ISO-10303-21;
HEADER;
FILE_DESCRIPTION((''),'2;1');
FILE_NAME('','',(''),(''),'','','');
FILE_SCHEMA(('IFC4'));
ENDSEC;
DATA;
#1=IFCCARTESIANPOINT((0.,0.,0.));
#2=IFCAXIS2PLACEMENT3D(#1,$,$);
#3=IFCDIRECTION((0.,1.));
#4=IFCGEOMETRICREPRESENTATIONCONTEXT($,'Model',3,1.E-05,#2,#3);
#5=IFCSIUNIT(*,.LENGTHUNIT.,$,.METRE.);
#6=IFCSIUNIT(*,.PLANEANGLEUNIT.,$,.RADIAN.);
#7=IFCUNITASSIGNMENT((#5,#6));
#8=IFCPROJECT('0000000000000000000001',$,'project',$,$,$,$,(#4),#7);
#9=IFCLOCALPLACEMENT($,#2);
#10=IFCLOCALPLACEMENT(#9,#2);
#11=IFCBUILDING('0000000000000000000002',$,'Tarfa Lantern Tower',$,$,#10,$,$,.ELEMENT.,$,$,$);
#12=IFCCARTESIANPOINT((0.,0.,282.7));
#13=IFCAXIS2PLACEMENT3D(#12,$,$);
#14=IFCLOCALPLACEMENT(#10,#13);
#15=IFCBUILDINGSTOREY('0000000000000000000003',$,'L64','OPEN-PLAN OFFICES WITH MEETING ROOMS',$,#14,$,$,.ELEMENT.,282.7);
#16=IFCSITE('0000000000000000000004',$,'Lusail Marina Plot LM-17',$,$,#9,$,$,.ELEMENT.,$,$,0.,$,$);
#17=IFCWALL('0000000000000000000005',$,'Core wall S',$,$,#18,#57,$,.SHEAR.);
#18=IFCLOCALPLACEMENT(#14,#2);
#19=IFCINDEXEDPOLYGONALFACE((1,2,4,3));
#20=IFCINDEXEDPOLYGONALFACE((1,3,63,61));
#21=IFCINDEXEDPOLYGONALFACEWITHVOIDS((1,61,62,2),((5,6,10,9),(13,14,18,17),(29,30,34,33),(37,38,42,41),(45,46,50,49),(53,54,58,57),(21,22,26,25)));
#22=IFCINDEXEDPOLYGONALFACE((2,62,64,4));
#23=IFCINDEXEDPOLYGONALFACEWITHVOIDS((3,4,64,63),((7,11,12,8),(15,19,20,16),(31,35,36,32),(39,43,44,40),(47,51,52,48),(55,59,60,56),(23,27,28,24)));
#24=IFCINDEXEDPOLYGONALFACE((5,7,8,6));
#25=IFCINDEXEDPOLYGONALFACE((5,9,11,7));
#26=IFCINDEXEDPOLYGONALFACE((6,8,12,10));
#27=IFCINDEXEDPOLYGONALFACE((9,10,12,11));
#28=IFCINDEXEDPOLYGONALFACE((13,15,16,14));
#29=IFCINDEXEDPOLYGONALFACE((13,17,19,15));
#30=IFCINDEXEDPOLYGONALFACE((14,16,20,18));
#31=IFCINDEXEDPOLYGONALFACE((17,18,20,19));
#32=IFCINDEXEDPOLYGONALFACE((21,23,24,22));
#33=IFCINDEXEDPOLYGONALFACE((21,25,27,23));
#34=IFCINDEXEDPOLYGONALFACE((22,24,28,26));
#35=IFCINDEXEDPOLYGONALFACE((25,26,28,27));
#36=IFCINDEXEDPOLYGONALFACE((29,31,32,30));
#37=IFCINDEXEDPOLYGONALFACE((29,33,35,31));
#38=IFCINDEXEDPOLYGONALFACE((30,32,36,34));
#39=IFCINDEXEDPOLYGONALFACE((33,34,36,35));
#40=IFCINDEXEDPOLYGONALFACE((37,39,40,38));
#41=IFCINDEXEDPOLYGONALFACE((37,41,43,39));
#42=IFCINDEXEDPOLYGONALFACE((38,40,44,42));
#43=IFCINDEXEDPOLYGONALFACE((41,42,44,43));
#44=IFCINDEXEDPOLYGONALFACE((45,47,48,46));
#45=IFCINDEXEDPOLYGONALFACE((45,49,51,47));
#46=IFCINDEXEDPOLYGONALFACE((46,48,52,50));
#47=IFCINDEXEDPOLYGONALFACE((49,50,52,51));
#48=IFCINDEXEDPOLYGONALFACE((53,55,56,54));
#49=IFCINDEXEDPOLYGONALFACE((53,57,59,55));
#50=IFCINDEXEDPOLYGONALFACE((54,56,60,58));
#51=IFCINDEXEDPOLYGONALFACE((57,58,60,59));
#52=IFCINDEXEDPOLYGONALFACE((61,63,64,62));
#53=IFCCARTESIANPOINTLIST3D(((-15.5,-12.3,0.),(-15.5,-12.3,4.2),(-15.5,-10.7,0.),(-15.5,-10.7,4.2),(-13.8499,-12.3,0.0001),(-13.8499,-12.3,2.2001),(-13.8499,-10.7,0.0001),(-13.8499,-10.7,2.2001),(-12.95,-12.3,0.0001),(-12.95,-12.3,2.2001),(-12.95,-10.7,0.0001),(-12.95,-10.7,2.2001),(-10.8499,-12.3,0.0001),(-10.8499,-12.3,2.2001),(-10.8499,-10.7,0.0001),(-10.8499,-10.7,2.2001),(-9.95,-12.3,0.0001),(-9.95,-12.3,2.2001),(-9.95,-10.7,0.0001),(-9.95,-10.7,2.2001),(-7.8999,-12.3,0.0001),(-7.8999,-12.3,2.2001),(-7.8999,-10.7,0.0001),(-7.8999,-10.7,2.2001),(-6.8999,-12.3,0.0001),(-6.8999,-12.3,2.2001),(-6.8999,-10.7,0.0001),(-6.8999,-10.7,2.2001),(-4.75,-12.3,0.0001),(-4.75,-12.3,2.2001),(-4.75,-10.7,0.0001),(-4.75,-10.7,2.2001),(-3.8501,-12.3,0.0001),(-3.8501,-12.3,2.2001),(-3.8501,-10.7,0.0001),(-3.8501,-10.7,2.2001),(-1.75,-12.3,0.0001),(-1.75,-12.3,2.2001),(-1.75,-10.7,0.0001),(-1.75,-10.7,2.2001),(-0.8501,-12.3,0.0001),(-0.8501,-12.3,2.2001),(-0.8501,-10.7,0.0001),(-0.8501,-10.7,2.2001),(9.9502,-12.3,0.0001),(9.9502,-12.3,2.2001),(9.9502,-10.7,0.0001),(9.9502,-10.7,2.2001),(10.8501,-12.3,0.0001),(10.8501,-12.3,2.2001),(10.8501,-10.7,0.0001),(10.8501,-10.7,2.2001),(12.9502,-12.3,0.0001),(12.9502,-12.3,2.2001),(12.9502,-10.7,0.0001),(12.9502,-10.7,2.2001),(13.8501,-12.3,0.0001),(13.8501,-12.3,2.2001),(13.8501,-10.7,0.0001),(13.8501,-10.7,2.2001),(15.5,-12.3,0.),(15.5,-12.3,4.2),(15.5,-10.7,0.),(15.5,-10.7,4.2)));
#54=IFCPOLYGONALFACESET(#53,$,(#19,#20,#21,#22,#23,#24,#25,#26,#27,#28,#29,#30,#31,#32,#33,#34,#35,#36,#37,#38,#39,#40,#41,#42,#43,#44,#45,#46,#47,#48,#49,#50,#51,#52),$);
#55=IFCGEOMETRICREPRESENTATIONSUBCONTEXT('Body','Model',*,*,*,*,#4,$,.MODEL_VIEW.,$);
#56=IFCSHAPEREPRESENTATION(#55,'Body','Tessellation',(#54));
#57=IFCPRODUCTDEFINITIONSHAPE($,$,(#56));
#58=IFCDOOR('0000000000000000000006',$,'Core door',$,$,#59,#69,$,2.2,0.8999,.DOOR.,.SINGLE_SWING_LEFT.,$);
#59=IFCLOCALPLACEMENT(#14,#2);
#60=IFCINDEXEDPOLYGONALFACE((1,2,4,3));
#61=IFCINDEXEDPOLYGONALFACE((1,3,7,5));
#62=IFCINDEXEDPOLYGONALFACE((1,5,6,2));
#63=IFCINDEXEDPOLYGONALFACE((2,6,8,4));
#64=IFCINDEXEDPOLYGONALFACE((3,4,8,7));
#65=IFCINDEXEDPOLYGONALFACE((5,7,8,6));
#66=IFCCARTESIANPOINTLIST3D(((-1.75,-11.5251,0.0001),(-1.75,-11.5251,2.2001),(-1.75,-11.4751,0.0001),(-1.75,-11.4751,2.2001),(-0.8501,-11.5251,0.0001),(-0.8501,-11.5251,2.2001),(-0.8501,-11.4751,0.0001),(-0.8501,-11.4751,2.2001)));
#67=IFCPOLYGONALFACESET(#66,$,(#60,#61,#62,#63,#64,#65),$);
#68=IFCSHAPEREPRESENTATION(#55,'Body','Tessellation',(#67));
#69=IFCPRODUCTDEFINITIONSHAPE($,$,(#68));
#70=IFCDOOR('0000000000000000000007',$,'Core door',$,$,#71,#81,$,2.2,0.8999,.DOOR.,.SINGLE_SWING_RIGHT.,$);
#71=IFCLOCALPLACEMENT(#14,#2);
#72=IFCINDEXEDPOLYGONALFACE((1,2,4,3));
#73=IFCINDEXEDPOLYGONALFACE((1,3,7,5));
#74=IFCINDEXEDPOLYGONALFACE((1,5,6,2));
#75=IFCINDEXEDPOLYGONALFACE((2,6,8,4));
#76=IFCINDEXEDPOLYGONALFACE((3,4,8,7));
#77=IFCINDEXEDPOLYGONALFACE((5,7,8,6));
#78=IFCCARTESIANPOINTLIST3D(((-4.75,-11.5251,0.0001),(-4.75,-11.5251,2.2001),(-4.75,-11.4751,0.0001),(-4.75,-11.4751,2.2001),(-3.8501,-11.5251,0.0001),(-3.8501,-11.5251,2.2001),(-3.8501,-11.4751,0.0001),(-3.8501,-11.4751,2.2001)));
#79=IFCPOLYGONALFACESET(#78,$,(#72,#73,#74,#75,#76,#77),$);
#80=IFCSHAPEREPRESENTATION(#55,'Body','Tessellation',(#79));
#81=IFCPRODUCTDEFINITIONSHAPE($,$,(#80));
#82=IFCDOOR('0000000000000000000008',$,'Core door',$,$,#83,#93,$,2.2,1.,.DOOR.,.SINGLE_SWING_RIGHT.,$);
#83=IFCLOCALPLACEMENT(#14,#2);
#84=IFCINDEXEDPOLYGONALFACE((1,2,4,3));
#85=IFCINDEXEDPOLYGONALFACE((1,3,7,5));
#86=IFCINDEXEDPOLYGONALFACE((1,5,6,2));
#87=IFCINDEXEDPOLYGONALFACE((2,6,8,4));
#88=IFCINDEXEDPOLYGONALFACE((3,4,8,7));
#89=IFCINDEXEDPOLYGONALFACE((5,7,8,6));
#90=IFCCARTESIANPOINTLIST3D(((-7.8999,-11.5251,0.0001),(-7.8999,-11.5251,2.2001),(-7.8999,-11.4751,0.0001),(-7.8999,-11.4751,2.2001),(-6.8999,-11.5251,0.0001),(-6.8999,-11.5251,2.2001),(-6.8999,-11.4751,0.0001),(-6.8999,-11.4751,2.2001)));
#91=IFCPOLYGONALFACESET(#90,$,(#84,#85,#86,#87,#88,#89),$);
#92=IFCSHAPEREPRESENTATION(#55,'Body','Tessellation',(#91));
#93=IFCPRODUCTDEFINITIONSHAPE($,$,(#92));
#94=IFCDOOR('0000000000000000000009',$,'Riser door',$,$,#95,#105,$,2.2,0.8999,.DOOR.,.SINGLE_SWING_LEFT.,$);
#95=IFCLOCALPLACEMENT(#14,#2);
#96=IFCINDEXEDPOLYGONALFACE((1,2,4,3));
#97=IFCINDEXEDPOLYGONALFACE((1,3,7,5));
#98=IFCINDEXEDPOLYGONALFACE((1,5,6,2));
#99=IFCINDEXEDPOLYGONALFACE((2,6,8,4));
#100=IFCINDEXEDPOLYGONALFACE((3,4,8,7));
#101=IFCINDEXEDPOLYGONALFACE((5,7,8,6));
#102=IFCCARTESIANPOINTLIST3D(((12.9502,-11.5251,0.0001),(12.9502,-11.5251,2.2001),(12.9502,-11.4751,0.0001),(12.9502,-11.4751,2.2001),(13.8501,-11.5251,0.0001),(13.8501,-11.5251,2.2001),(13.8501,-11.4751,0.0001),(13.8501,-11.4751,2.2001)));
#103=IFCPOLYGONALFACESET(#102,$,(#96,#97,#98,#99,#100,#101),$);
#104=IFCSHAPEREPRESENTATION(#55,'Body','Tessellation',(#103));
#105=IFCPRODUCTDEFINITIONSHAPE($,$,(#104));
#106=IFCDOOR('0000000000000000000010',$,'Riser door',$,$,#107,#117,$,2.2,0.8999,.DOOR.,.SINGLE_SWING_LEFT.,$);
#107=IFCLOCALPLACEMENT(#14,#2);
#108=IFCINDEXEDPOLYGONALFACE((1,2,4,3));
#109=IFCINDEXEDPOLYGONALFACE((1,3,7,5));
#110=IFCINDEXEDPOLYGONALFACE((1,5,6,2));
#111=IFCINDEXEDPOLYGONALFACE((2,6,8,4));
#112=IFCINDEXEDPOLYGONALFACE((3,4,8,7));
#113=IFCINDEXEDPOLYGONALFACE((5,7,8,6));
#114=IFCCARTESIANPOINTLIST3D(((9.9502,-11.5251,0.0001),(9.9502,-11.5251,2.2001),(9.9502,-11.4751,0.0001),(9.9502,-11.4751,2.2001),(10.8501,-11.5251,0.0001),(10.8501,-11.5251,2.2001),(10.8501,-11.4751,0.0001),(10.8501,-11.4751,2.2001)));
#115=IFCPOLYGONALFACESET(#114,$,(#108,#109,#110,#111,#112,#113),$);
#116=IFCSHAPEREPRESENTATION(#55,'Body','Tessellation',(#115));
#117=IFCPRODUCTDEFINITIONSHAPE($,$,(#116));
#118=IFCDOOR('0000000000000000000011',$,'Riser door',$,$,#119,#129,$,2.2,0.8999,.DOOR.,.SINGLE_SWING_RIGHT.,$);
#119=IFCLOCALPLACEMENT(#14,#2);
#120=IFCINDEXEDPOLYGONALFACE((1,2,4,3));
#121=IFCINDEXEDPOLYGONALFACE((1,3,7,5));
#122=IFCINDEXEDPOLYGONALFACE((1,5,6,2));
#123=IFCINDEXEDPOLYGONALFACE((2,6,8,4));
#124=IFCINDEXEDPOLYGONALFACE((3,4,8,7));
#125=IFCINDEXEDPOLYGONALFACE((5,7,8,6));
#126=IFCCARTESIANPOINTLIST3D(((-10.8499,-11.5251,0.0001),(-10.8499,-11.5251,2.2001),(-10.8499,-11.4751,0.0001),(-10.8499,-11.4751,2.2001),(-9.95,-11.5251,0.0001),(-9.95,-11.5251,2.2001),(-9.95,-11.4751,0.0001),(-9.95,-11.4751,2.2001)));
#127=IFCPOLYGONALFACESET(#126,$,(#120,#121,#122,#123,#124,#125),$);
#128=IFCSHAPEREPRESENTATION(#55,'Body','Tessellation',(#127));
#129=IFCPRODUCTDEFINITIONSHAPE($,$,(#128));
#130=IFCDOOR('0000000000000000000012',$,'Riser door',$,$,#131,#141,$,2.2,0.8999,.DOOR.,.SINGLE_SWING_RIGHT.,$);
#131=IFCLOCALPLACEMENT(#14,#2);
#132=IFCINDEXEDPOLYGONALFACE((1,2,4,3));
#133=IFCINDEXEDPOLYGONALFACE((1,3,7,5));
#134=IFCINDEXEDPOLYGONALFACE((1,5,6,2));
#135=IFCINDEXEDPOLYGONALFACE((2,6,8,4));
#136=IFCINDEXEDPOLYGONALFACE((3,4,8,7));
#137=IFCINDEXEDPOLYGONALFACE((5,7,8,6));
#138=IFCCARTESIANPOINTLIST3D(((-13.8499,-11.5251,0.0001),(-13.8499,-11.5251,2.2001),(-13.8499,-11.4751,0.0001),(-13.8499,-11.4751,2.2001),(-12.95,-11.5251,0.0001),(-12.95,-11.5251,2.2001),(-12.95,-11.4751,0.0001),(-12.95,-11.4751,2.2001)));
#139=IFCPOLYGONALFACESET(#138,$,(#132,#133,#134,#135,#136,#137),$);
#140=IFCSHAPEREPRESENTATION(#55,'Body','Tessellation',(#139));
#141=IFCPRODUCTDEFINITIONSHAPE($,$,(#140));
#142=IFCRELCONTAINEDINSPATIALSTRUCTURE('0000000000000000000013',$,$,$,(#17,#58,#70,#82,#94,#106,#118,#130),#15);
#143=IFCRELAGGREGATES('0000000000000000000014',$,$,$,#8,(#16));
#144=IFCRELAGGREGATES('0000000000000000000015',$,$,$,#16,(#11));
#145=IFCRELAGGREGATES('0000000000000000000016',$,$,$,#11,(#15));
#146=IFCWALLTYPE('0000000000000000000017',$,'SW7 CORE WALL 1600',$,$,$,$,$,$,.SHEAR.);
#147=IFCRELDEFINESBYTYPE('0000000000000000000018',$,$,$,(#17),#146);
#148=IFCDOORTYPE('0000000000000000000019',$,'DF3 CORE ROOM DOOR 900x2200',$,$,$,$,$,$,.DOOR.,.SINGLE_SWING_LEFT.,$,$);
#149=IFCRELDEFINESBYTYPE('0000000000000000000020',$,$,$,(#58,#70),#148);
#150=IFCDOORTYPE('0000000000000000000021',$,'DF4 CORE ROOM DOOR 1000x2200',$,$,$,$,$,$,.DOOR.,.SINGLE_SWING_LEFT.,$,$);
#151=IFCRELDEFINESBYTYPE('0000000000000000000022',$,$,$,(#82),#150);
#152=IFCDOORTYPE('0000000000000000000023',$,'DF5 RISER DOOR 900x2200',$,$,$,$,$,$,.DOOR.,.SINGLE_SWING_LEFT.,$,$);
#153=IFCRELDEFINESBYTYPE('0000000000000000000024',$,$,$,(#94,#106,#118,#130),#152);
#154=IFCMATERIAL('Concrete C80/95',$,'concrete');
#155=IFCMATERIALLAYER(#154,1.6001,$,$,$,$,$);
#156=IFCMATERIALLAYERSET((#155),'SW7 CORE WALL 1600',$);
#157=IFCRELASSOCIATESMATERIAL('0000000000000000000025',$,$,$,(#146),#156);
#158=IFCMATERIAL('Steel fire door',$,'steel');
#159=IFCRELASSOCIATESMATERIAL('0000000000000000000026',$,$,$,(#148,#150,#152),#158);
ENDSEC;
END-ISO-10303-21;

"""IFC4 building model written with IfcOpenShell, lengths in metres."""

from ifc_helpers import new_model, si_unit, direction, frame, frame_2d, origin, place, context, subcontext, project, spatial, rectangle, extrude, material, layer, layer_set, type_object, element, fill, save


model = new_model("IFC4")

# Units and contexts
model_context = context("Model", 3, precision=1e-05, world=origin(), true_north=direction((0.0, 1.0)))
body_context = subcontext(model_context, "Body", "Model", "MODEL_VIEW")
ifc_project = project(units=[si_unit("LENGTHUNIT", "METRE"), si_unit("PLANEANGLEUNIT", "RADIAN")], contexts=[model_context])

# Site, building, storey
site_placement = place(None, origin())
site = spatial("IfcSite", under=ifc_project, at=site_placement, Name="Lusail Marina Plot LM-17", CompositionType="ELEMENT", RefElevation=0.0)
building_placement = place(site_placement, origin())
building = spatial("IfcBuilding", under=site, at=building_placement, Name="Tarfa Lantern Tower", CompositionType="ELEMENT")
storey_placement = place(building_placement, frame((0.0, 0.0, 282.7)))
storey = spatial("IfcBuildingStorey", under=building, at=storey_placement, Name="L64", Description="OPEN-PLAN OFFICES WITH MEETING ROOMS", CompositionType="ELEMENT", Elevation=282.7)

# Shared definitions
ifc_material_1 = material(Name="Concrete C80/95", Category="concrete")

# Wall, openings, doors
ifc_layer_1 = layer(ifc_material_1, 1.6001)
ifc_layer_set_1 = layer_set([ifc_layer_1], Name="SW7 CORE WALL 1600")
wall_type_1 = type_object("IfcWallType", Name="SW7 CORE WALL 1600", PredefinedType="SHEAR", material=ifc_layer_set_1)
wall_1_placement = place(storey_placement, frame((15.5, -11.5, 0.0), z_axis=(0.0, 0.0, 1.0), x_axis=(-1.0, 0.0, 0.0)))
wall_1 = element("IfcWall", 1, at=wall_1_placement, inside=storey, type_object=wall_type_1, Name="Core wall S", PredefinedType="SHEAR", context=body_context, shape_type="SweptSolid", body=[
    extrude(rectangle(XDim=31.0, YDim=1.6001, at=frame_2d((15.5, 0.0))), origin(), (0.0, 0.0, 1.0), 4.2),
])
opening_1_placement = place(wall_1_placement, frame((16.3501, 0.0, 0.0)))
opening_1 = element("IfcOpeningElement", 2, at=opening_1_placement, cuts=wall_1, PredefinedType="OPENING", context=body_context, shape_type="SweptSolid", body=[
    extrude(rectangle(XDim=0.8999, YDim=2.2, at=frame_2d((0.45, 1.1001))), frame((0.0, 0.8101, 0.0), z_axis=(0.0, -1.0, 0.0), x_axis=(1.0, 0.0, 0.0)), (0.0, 0.0, 1.0), 1.6201),
])
opening_2_placement = place(wall_1_placement, frame((19.3501, 0.0, 0.0)))
opening_2 = element("IfcOpeningElement", 3, at=opening_2_placement, cuts=wall_1, PredefinedType="OPENING", context=body_context, shape_type="SweptSolid", body=[
    extrude(rectangle(XDim=0.8999, YDim=2.2, at=frame_2d((0.45, 1.1001))), frame((0.0, 0.8101, 0.0), z_axis=(0.0, -1.0, 0.0), x_axis=(1.0, 0.0, 0.0)), (0.0, 0.0, 1.0), 1.6201),
])
opening_3_placement = place(wall_1_placement, frame((22.3999, 0.0, 0.0)))
opening_3 = element("IfcOpeningElement", 4, at=opening_3_placement, cuts=wall_1, PredefinedType="OPENING", context=body_context, shape_type="SweptSolid", body=[
    extrude(rectangle(XDim=1.0, YDim=2.2, at=frame_2d((0.5, 1.1001))), frame((0.0, 0.8101, 0.0), z_axis=(0.0, -1.0, 0.0), x_axis=(1.0, 0.0, 0.0)), (0.0, 0.0, 1.0), 1.6201),
])
opening_4_placement = place(wall_1_placement, frame((1.6499, 0.0, 0.0)))
opening_4 = element("IfcOpeningElement", 5, at=opening_4_placement, cuts=wall_1, PredefinedType="OPENING", context=body_context, shape_type="SweptSolid", body=[
    extrude(rectangle(XDim=0.8999, YDim=2.2, at=frame_2d((0.45, 1.1001))), frame((0.0, 0.8101, 0.0), z_axis=(0.0, -1.0, 0.0), x_axis=(1.0, 0.0, 0.0)), (0.0, 0.0, 1.0), 1.6201),
])
opening_5_placement = place(wall_1_placement, frame((4.6499, 0.0, 0.0)))
opening_5 = element("IfcOpeningElement", 6, at=opening_5_placement, cuts=wall_1, PredefinedType="OPENING", context=body_context, shape_type="SweptSolid", body=[
    extrude(rectangle(XDim=0.8999, YDim=2.2, at=frame_2d((0.45, 1.1001))), frame((0.0, 0.8101, 0.0), z_axis=(0.0, -1.0, 0.0), x_axis=(1.0, 0.0, 0.0)), (0.0, 0.0, 1.0), 1.6201),
])
opening_6_placement = place(wall_1_placement, frame((25.45, 0.0, 0.0)))
opening_6 = element("IfcOpeningElement", 7, at=opening_6_placement, cuts=wall_1, PredefinedType="OPENING", context=body_context, shape_type="SweptSolid", body=[
    extrude(rectangle(XDim=0.8999, YDim=2.2, at=frame_2d((0.45, 1.1001))), frame((0.0, 0.8101, 0.0), z_axis=(0.0, -1.0, 0.0), x_axis=(1.0, 0.0, 0.0)), (0.0, 0.0, 1.0), 1.6201),
])
opening_7_placement = place(wall_1_placement, frame((28.45, 0.0, 0.0)))
opening_7 = element("IfcOpeningElement", 8, at=opening_7_placement, cuts=wall_1, PredefinedType="OPENING", context=body_context, shape_type="SweptSolid", body=[
    extrude(rectangle(XDim=0.8999, YDim=2.2, at=frame_2d((0.45, 1.1001))), frame((0.0, 0.8101, 0.0), z_axis=(0.0, -1.0, 0.0), x_axis=(1.0, 0.0, 0.0)), (0.0, 0.0, 1.0), 1.6201),
])
ifc_material_2 = material(Name="Steel fire door", Category="steel")
door_type_1 = type_object("IfcDoorType", Name="DF3 CORE ROOM DOOR 900x2200", OperationType="SINGLE_SWING_LEFT", PredefinedType="DOOR", material=ifc_material_2)
door_1_placement = place(opening_1_placement, frame((0.8999, 0.0, 0.0), z_axis=(0.0, 0.0, 1.0), x_axis=(-1.0, 0.0, 0.0)))
door_1 = element("IfcDoor", 9, at=door_1_placement, inside=storey, type_object=door_type_1, Name="Core door", OperationType="SINGLE_SWING_LEFT", OverallHeight=2.2, OverallWidth=0.8999, PredefinedType="DOOR", context=body_context, shape_type="SweptSolid", body=[
    extrude(rectangle(XDim=0.8999, YDim=2.2, at=frame_2d((0.45, 1.1001))), frame((0.0, 0.0249, 0.0), z_axis=(0.0, -1.0, 0.0), x_axis=(1.0, 0.0, 0.0)), (0.0, 0.0, 1.0), 0.05),
])
fill(opening_1, door_1)
door_2_placement = place(opening_2_placement, frame((0.8999, 0.0, 0.0), z_axis=(0.0, 0.0, 1.0), x_axis=(-1.0, 0.0, 0.0)))
door_2 = element("IfcDoor", 10, at=door_2_placement, inside=storey, type_object=door_type_1, Name="Core door", OperationType="SINGLE_SWING_RIGHT", OverallHeight=2.2, OverallWidth=0.8999, PredefinedType="DOOR", context=body_context, shape_type="SweptSolid", body=[
    extrude(rectangle(XDim=0.8999, YDim=2.2, at=frame_2d((0.45, 1.1001))), frame((0.0, 0.0249, 0.0), z_axis=(0.0, -1.0, 0.0), x_axis=(1.0, 0.0, 0.0)), (0.0, 0.0, 1.0), 0.05),
])
fill(opening_2, door_2)
door_type_2 = type_object("IfcDoorType", Name="DF4 CORE ROOM DOOR 1000x2200", OperationType="SINGLE_SWING_LEFT", PredefinedType="DOOR", material=ifc_material_2)
door_3_placement = place(opening_3_placement, frame((1.0, 0.0, 0.0), z_axis=(0.0, 0.0, 1.0), x_axis=(-1.0, 0.0, 0.0)))
door_3 = element("IfcDoor", 11, at=door_3_placement, inside=storey, type_object=door_type_2, Name="Core door", OperationType="SINGLE_SWING_RIGHT", OverallHeight=2.2, OverallWidth=1.0, PredefinedType="DOOR", context=body_context, shape_type="SweptSolid", body=[
    extrude(rectangle(XDim=1.0, YDim=2.2, at=frame_2d((0.5, 1.1001))), frame((0.0, 0.0249, 0.0), z_axis=(0.0, -1.0, 0.0), x_axis=(1.0, 0.0, 0.0)), (0.0, 0.0, 1.0), 0.05),
])
fill(opening_3, door_3)
door_type_3 = type_object("IfcDoorType", Name="DF5 RISER DOOR 900x2200", OperationType="SINGLE_SWING_LEFT", PredefinedType="DOOR", material=ifc_material_2)
door_4_placement = place(opening_4_placement, frame((0.8999, 0.0, 0.0), z_axis=(0.0, 0.0, 1.0), x_axis=(-1.0, 0.0, 0.0)))
door_4 = element("IfcDoor", 12, at=door_4_placement, inside=storey, type_object=door_type_3, Name="Riser door", OperationType="SINGLE_SWING_LEFT", OverallHeight=2.2, OverallWidth=0.8999, PredefinedType="DOOR", context=body_context, shape_type="SweptSolid", body=[
    extrude(rectangle(XDim=0.8999, YDim=2.2, at=frame_2d((0.45, 1.1001))), frame((0.0, 0.0249, 0.0), z_axis=(0.0, -1.0, 0.0), x_axis=(1.0, 0.0, 0.0)), (0.0, 0.0, 1.0), 0.05),
])
fill(opening_4, door_4)
door_5_placement = place(opening_5_placement, frame((0.8999, 0.0, 0.0), z_axis=(0.0, 0.0, 1.0), x_axis=(-1.0, 0.0, 0.0)))
door_5 = element("IfcDoor", 13, at=door_5_placement, inside=storey, type_object=door_type_3, Name="Riser door", OperationType="SINGLE_SWING_LEFT", OverallHeight=2.2, OverallWidth=0.8999, PredefinedType="DOOR", context=body_context, shape_type="SweptSolid", body=[
    extrude(rectangle(XDim=0.8999, YDim=2.2, at=frame_2d((0.45, 1.1001))), frame((0.0, 0.0249, 0.0), z_axis=(0.0, -1.0, 0.0), x_axis=(1.0, 0.0, 0.0)), (0.0, 0.0, 1.0), 0.05),
])
fill(opening_5, door_5)
door_6_placement = place(opening_6_placement, frame((0.8999, 0.0, 0.0), z_axis=(0.0, 0.0, 1.0), x_axis=(-1.0, 0.0, 0.0)))
door_6 = element("IfcDoor", 14, at=door_6_placement, inside=storey, type_object=door_type_3, Name="Riser door", OperationType="SINGLE_SWING_RIGHT", OverallHeight=2.2, OverallWidth=0.8999, PredefinedType="DOOR", context=body_context, shape_type="SweptSolid", body=[
    extrude(rectangle(XDim=0.8999, YDim=2.2, at=frame_2d((0.45, 1.1001))), frame((0.0, 0.0249, 0.0), z_axis=(0.0, -1.0, 0.0), x_axis=(1.0, 0.0, 0.0)), (0.0, 0.0, 1.0), 0.05),
])
fill(opening_6, door_6)
door_7_placement = place(opening_7_placement, frame((0.8999, 0.0, 0.0), z_axis=(0.0, 0.0, 1.0), x_axis=(-1.0, 0.0, 0.0)))
door_7 = element("IfcDoor", 15, at=door_7_placement, inside=storey, type_object=door_type_3, Name="Riser door", OperationType="SINGLE_SWING_RIGHT", OverallHeight=2.2, OverallWidth=0.8999, PredefinedType="DOOR", context=body_context, shape_type="SweptSolid", body=[
    extrude(rectangle(XDim=0.8999, YDim=2.2, at=frame_2d((0.45, 1.1001))), frame((0.0, 0.0249, 0.0), z_axis=(0.0, -1.0, 0.0), x_axis=(1.0, 0.0, 0.0)), (0.0, 0.0, 1.0), 0.05),
])
fill(opening_7, door_7)

save(model, "model.ifc")
